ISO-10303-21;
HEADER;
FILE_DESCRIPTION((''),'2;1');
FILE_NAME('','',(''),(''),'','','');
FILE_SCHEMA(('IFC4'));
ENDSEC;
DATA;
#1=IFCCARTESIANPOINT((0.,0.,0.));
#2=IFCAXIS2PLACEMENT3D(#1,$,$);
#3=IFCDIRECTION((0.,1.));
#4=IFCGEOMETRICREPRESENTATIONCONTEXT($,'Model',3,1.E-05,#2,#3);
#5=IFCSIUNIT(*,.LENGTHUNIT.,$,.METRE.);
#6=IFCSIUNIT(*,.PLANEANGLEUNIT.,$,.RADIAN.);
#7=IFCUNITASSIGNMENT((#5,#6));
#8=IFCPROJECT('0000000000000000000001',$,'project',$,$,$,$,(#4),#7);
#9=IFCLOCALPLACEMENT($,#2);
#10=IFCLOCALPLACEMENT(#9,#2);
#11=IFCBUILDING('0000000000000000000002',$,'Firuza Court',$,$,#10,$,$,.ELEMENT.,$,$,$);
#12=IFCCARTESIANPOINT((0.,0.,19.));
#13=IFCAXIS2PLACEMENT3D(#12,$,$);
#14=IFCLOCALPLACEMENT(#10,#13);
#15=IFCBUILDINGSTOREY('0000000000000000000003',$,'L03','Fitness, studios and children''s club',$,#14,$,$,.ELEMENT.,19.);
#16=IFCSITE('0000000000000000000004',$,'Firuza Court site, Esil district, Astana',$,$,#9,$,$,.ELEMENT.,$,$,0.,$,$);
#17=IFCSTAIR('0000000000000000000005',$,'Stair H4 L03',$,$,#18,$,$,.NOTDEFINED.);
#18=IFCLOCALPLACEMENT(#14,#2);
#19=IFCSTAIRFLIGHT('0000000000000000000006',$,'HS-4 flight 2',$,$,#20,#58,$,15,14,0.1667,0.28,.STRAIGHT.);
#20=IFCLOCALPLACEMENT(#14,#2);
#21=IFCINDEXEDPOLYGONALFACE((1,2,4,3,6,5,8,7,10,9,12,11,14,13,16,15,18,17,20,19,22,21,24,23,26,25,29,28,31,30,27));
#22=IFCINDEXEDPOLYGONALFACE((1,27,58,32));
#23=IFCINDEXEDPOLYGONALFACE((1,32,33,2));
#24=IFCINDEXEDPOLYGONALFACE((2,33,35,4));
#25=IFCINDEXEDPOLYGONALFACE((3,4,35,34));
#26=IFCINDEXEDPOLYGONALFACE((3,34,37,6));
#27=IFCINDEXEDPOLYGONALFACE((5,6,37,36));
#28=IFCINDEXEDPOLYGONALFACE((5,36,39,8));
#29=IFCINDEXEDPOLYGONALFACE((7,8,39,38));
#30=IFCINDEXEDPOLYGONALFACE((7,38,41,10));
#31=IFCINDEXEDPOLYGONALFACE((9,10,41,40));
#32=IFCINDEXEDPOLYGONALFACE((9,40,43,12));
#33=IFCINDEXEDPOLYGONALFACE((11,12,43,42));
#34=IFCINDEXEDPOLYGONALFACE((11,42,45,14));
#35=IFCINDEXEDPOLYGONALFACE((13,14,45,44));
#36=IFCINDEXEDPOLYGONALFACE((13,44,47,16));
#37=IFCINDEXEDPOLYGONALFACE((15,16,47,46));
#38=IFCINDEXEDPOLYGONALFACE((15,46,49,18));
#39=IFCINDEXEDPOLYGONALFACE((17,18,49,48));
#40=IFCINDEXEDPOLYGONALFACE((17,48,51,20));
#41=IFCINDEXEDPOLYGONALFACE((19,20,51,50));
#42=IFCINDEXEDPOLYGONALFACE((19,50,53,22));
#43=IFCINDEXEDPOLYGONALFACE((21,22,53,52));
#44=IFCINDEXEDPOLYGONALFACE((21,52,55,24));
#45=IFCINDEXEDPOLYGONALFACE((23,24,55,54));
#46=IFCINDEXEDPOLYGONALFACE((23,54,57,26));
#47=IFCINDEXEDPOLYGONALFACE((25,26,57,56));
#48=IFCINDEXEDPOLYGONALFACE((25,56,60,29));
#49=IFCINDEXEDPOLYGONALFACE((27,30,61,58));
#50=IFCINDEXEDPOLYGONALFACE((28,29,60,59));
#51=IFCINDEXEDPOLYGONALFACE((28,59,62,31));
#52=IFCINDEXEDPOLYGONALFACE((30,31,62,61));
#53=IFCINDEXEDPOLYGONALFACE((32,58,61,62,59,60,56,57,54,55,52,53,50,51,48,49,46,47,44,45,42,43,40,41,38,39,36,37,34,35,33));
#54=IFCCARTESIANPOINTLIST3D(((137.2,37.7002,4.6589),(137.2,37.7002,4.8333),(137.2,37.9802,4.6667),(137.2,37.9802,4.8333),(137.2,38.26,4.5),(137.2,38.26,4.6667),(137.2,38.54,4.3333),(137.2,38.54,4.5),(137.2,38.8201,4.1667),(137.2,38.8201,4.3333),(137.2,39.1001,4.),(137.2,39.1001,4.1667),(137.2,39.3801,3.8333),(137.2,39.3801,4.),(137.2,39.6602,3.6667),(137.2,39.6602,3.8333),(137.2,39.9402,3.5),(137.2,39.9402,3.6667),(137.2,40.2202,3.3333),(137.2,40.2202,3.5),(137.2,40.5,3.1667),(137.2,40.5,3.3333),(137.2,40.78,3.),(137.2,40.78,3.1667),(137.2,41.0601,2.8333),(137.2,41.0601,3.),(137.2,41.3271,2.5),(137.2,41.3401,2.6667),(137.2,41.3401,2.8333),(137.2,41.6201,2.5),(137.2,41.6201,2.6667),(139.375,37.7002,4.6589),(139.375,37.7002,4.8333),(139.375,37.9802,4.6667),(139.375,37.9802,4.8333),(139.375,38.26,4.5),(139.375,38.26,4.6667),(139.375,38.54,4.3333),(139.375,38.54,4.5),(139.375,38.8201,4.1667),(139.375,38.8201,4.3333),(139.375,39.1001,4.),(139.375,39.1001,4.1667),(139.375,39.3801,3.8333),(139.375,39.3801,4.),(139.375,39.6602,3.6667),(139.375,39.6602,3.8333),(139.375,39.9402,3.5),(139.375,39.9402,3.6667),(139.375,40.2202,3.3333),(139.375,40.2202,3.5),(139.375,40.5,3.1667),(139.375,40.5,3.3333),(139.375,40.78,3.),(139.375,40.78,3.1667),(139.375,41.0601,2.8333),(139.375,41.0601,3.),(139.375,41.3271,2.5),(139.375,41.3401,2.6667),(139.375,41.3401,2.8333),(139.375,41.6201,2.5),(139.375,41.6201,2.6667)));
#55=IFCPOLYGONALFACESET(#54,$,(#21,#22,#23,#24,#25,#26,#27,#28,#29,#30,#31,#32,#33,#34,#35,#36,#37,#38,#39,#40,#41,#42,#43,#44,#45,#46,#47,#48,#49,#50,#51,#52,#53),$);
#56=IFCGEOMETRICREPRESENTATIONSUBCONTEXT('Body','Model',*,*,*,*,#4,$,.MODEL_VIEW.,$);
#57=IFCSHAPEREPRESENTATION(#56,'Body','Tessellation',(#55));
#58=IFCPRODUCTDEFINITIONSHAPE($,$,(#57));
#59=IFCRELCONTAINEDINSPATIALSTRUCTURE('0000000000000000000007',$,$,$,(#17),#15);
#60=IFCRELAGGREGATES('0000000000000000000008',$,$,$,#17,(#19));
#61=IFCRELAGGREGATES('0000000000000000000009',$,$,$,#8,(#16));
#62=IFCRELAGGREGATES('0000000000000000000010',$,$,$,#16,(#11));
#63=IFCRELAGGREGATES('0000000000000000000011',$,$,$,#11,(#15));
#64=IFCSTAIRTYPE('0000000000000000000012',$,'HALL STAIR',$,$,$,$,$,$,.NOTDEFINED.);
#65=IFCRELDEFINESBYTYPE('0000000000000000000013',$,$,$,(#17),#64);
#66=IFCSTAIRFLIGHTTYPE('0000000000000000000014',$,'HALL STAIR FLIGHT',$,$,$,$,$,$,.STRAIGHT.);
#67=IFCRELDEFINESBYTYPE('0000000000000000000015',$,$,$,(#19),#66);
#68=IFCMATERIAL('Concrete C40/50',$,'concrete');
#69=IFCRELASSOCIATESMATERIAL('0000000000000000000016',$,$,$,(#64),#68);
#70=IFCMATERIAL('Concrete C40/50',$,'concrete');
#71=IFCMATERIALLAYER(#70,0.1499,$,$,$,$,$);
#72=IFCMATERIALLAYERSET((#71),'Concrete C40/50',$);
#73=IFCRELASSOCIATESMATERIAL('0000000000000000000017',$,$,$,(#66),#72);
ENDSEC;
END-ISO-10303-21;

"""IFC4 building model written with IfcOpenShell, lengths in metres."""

from ifc_helpers import new_model, si_unit, direction, frame, origin, place, context, subcontext, project, spatial, polyline, outline, extrude, material, layer, layer_set, type_object, element, aggregate, save


model = new_model("IFC4")

# Units and contexts
model_context = context("Model", 3, precision=1e-05, world=origin(), true_north=direction((0.0, 1.0)))
body_context = subcontext(model_context, "Body", "Model", "MODEL_VIEW")
ifc_project = project(units=[si_unit("LENGTHUNIT", "METRE"), si_unit("PLANEANGLEUNIT", "RADIAN")], contexts=[model_context])

# Site, building, storey
site_placement = place(None, origin())
site = spatial("IfcSite", under=ifc_project, at=site_placement, Name="Firuza Court site, Esil district, Astana", CompositionType="ELEMENT", RefElevation=0.0)
building_placement = place(site_placement, origin())
building = spatial("IfcBuilding", under=site, at=building_placement, Name="Firuza Court", CompositionType="ELEMENT")
storey_placement = place(building_placement, frame((0.0, 0.0, 19.0)))
storey = spatial("IfcBuildingStorey", under=building, at=storey_placement, Name="L03", Description="Fitness, studios and children's club", CompositionType="ELEMENT", Elevation=19.0)

# Shared definitions
ifc_material_1 = material(Name="Concrete C40/50", Category="concrete")

# Stair, stair flight
ifc_material_2 = material(Name="Concrete C40/50", Category="concrete")
stair_type = type_object("IfcStairType", Name="HALL STAIR", PredefinedType="NOTDEFINED", material=ifc_material_2)
stair_placement = place(storey_placement, origin())
stair = element("IfcStair", 1, at=stair_placement, inside=storey, type_object=stair_type, Name="Stair H4 L03", PredefinedType="NOTDEFINED")
ifc_layer_1 = layer(ifc_material_1, 0.1499)
ifc_layer_set_1 = layer_set([ifc_layer_1], Name="Concrete C40/50")
stair_flight_type = type_object("IfcStairFlightType", Name="HALL STAIR FLIGHT", PredefinedType="STRAIGHT", material=ifc_layer_set_1)
stair_flight_1_placement = place(storey_placement, frame((138.2876, 41.6201, 2.5), z_axis=(0.0, 0.0, 1.0), x_axis=(0.0, -1.0, 0.0)))
stair_flight_1 = element("IfcStairFlight", 2, at=stair_flight_1_placement, type_object=stair_flight_type, Name="HS-4 flight 2", NumberOfRisers=15, NumberOfTreads=14, PredefinedType="STRAIGHT", RiserHeight=0.1667, TreadLength=0.28, context=body_context, shape_type="SweptSolid", body=[
    extrude(outline(polyline([(0.0, 0.0), (0.0, 0.1667), (0.28, 0.1667), (0.28, 0.3333), (0.5601, 0.3333), (0.5601, 0.5), (0.8401, 0.5), (0.8401, 0.6667), (1.1201, 0.6667), (1.1201, 0.8333), (1.3999, 0.8333), (1.3999, 1.0), (1.6799, 1.0), (1.6799, 1.1667), (1.96, 1.1667), (1.96, 1.3333), (2.24, 1.3333), (2.24, 1.5), (2.52, 1.5), (2.52, 1.6667), (2.8, 1.6667), (2.8, 1.8333), (3.0801, 1.8333), (3.0801, 2.0), (3.3601, 2.0), (3.3601, 2.1667), (3.6399, 2.1667), (3.6399, 2.3333), (3.9199, 2.3333), (3.9199, 2.5), (3.9199, 2.1589), (0.293, 0.0), (0.0, 0.0)])), frame((0.0, 1.0874, 0.0), z_axis=(0.0, -1.0, 0.0), x_axis=(1.0, 0.0, 0.0)), (0.0, 0.0, 1.0), 2.175),
])
aggregate(stair, [stair_flight_1])

save(model, "model.ifc")
